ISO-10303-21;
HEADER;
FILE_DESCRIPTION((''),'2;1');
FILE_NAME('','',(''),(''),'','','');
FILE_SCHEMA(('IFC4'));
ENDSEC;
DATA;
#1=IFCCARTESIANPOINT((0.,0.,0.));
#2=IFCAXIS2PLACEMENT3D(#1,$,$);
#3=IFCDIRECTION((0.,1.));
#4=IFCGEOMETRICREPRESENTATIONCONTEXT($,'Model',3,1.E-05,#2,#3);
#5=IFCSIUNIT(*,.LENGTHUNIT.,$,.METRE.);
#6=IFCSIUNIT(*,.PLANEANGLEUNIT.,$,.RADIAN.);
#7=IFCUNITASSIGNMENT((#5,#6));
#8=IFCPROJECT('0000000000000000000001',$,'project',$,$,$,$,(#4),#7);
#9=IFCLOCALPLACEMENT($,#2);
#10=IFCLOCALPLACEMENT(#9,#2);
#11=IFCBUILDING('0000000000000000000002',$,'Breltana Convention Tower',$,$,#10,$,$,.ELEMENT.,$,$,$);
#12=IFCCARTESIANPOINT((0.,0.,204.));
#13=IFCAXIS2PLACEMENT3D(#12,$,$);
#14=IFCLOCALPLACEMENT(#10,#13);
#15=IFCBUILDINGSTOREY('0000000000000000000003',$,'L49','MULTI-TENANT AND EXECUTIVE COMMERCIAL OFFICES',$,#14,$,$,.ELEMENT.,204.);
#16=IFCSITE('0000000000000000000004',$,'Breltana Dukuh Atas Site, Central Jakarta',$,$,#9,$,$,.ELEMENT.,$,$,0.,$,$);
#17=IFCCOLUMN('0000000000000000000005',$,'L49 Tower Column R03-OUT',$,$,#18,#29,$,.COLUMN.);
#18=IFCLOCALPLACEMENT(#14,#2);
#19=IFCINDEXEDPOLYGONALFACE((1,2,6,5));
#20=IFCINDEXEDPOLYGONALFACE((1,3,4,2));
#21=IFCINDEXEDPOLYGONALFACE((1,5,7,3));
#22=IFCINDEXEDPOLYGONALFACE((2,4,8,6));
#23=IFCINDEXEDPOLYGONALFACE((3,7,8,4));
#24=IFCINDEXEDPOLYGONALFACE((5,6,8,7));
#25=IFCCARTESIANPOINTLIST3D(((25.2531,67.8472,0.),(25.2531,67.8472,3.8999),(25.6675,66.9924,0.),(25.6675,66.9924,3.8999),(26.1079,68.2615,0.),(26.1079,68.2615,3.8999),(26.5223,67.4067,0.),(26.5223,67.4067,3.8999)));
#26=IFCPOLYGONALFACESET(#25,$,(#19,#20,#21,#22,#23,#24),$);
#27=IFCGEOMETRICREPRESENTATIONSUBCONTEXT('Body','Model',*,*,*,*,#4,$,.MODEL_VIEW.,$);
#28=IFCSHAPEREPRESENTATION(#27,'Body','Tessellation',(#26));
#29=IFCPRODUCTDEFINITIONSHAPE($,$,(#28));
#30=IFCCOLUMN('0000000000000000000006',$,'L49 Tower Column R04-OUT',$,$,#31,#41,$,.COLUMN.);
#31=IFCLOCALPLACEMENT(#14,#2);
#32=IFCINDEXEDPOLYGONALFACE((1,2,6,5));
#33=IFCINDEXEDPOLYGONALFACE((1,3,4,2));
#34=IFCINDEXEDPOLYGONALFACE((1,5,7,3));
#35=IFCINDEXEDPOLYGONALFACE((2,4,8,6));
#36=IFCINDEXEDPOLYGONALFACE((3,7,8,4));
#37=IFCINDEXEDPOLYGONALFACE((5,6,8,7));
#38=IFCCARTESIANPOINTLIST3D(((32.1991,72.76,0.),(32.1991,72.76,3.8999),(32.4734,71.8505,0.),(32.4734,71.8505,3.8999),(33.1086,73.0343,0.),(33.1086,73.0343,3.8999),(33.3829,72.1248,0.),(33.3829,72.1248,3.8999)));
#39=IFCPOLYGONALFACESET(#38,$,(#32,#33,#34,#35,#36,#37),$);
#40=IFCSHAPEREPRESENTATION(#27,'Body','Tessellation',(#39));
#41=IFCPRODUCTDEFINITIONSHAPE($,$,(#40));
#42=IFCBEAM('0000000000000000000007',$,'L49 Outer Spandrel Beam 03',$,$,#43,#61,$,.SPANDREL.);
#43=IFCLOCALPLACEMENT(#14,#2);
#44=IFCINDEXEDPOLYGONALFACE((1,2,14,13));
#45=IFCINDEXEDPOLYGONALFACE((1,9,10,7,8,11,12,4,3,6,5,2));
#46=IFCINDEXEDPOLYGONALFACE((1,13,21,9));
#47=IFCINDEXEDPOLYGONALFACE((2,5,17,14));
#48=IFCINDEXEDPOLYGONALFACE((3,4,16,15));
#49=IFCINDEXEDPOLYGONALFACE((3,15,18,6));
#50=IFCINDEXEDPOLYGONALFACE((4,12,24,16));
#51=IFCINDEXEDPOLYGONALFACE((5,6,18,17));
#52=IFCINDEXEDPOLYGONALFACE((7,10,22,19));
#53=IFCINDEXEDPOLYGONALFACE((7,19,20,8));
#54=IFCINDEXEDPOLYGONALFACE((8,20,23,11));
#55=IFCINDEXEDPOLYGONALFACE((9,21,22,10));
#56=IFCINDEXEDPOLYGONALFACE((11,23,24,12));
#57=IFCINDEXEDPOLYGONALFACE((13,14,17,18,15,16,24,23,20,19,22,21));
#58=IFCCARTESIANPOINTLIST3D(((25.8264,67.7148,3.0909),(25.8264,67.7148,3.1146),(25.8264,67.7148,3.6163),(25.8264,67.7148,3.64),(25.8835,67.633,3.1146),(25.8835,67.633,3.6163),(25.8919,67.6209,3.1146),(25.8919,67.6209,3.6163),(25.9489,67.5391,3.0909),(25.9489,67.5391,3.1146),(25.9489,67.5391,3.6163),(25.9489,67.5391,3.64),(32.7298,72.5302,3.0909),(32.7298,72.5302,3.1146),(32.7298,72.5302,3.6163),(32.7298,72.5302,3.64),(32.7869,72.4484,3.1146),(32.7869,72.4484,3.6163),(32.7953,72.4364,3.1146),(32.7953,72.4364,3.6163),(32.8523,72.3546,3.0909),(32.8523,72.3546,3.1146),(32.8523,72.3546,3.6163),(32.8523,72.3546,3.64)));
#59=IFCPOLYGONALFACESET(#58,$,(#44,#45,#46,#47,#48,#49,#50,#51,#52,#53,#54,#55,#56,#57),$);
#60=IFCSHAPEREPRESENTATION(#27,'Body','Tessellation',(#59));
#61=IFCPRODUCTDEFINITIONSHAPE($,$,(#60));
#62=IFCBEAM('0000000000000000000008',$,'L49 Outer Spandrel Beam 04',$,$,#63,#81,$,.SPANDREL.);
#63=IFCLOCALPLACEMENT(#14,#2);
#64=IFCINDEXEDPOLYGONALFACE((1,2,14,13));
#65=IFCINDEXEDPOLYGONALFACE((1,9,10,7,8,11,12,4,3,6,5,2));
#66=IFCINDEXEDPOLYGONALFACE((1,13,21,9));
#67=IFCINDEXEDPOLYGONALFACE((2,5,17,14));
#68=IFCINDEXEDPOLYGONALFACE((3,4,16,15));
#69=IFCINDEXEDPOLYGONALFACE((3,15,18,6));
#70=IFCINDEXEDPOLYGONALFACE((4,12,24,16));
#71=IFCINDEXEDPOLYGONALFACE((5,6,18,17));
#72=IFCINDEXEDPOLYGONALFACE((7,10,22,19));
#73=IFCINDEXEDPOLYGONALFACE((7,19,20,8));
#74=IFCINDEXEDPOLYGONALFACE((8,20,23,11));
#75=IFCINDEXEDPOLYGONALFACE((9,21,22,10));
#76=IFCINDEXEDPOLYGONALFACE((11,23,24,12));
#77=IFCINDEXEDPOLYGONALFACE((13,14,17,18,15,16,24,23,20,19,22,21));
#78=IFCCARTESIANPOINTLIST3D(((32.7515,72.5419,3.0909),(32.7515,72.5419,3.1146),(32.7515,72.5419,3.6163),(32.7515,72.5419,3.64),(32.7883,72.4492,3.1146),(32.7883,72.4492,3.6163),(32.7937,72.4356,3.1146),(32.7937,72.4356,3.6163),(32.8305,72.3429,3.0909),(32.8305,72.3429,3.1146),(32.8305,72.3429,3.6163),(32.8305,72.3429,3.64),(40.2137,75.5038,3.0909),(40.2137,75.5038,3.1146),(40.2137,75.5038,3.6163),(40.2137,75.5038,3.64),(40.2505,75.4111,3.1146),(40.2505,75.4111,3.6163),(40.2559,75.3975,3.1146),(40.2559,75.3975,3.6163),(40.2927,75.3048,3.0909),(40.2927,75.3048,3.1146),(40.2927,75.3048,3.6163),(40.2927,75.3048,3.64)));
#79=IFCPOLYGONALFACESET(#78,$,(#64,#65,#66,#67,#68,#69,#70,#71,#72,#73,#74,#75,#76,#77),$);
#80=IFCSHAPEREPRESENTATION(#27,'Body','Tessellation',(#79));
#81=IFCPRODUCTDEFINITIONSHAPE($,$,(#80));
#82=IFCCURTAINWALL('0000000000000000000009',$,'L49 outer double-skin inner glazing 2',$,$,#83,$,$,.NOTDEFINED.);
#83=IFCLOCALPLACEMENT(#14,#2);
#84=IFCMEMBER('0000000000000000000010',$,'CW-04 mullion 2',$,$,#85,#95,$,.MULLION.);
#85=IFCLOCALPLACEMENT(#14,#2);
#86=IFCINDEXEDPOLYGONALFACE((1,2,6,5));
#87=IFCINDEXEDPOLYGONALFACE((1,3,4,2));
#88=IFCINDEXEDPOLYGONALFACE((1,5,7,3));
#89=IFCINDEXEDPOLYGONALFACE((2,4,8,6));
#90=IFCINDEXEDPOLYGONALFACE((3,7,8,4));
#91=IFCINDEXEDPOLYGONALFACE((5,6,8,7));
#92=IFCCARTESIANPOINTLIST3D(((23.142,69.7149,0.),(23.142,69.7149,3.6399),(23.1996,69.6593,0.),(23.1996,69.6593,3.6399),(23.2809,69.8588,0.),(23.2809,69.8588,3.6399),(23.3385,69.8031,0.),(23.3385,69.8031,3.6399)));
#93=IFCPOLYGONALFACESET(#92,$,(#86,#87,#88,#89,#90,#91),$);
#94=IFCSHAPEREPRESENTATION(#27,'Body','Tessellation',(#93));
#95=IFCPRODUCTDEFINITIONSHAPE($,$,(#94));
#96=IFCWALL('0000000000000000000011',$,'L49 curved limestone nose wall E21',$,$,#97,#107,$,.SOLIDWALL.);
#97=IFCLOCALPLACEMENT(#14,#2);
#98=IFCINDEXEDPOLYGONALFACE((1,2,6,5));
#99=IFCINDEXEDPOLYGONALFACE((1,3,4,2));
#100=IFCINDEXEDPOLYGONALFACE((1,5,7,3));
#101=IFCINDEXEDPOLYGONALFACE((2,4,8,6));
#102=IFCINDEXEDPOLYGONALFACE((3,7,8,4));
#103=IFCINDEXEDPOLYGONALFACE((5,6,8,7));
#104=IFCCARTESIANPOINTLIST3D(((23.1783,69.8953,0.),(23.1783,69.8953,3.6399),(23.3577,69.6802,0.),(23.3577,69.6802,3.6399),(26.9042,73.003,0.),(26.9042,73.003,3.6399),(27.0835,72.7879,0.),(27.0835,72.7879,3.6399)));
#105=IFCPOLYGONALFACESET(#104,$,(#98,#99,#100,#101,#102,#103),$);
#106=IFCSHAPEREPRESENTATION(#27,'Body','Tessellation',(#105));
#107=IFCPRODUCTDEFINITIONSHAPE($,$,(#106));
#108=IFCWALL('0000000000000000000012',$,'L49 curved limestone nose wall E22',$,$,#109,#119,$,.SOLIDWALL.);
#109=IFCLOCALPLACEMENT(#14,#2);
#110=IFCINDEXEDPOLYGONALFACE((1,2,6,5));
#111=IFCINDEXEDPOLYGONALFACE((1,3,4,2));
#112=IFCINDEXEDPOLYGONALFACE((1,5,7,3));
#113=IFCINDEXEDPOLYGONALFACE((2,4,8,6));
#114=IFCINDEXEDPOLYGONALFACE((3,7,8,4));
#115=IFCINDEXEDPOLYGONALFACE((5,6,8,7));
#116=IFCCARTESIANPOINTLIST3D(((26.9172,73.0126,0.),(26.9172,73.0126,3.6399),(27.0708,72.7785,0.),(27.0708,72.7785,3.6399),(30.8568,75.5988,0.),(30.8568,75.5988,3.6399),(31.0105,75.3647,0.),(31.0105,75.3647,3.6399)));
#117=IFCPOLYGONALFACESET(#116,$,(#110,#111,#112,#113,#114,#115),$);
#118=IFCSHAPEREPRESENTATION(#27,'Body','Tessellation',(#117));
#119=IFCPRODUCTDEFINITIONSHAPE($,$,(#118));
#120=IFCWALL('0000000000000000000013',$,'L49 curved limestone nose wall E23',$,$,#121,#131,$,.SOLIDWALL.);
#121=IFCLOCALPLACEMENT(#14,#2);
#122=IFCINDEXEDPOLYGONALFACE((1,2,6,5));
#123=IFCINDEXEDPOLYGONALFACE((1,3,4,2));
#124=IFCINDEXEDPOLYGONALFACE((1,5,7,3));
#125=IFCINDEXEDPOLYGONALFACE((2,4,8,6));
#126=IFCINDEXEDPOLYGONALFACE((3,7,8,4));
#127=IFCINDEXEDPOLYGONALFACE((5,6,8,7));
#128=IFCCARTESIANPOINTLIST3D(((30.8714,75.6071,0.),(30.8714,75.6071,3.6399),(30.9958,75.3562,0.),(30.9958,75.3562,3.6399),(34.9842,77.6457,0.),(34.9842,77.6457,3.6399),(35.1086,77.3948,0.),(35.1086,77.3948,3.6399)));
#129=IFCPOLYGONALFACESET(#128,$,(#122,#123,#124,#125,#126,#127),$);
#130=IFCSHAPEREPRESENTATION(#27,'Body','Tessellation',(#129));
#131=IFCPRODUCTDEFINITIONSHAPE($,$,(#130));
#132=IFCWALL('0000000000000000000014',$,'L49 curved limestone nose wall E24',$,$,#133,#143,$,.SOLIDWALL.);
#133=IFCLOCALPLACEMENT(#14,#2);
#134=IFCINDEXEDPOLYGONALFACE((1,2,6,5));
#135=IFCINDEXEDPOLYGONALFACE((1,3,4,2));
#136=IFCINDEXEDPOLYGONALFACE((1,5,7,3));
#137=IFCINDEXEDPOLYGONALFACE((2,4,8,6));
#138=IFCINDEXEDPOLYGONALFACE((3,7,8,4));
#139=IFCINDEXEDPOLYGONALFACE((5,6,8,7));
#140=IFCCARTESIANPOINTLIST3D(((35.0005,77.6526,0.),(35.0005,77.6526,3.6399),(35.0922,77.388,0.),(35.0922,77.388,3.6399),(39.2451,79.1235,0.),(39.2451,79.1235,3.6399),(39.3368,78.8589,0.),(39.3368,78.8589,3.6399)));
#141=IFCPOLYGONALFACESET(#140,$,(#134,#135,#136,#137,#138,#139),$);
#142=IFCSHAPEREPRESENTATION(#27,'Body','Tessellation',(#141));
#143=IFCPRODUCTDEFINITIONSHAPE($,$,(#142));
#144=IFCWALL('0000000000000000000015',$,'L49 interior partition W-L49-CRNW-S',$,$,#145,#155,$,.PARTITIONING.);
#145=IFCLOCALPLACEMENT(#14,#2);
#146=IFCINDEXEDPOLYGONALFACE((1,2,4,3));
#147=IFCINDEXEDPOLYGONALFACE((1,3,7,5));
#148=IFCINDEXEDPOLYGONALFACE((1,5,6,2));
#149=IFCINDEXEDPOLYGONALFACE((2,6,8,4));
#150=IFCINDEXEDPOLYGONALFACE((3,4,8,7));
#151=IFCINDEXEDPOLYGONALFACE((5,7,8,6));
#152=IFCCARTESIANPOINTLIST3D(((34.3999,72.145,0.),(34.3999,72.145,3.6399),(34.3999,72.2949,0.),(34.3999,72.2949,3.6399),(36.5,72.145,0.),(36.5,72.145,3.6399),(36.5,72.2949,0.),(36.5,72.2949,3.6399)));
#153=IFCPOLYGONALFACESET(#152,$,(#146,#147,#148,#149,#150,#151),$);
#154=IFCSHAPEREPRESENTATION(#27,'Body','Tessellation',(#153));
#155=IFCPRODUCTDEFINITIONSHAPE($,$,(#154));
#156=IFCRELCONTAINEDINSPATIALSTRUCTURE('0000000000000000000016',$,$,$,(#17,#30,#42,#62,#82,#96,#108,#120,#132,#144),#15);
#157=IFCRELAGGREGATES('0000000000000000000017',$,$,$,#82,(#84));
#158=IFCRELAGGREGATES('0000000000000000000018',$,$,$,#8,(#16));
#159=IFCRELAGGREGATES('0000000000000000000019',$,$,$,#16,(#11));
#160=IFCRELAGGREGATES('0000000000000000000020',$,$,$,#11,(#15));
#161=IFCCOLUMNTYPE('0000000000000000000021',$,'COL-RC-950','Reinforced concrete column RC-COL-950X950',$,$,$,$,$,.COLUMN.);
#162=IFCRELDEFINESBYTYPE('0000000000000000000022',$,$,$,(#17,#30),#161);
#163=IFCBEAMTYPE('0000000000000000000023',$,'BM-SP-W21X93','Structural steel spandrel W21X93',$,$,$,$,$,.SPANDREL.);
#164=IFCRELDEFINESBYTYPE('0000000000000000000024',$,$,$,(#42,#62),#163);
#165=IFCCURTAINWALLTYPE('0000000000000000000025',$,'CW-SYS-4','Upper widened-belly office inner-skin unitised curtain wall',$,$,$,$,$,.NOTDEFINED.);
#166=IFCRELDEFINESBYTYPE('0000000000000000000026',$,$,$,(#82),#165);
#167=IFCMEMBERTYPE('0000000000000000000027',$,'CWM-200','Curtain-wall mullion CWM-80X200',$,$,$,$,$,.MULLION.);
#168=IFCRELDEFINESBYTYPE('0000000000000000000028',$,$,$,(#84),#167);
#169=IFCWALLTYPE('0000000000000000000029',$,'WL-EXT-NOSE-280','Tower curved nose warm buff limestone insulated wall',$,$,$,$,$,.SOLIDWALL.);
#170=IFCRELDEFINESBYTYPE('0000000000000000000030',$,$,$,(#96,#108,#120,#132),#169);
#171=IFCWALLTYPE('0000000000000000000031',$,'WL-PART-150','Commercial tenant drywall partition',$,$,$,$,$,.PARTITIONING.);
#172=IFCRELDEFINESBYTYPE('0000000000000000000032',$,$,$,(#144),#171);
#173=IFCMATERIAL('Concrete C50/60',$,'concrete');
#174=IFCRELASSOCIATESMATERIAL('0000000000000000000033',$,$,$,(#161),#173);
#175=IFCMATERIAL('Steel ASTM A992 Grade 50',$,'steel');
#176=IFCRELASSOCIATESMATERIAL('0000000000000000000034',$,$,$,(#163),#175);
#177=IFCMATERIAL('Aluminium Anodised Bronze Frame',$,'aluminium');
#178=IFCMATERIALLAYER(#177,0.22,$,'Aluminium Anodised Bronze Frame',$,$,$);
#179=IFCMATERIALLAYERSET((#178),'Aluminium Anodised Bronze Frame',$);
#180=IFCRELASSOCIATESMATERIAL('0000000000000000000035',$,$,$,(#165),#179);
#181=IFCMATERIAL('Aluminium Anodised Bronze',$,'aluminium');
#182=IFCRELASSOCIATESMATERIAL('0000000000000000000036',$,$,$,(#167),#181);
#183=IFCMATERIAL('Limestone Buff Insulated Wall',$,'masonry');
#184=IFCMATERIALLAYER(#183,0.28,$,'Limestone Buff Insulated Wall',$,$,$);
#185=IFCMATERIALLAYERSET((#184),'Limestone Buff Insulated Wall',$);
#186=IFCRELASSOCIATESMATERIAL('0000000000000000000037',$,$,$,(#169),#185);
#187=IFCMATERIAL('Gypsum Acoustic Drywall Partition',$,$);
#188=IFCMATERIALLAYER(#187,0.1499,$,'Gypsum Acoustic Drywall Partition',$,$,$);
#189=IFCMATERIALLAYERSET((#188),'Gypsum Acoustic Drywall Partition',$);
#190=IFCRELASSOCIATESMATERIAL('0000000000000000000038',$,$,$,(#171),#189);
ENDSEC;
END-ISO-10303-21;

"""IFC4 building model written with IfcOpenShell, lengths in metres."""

from ifc_helpers import new_model, si_unit, direction, frame, frame_2d, origin, origin_2d, place, context, subcontext, project, spatial, rectangle, i_section, extrude, source, transform, mapped, material, layer, layer_set, material_profile, profile_set, type_object, element, aggregate, save


model = new_model("IFC4")

# Units and contexts
model_context = context("Model", 3, precision=1e-05, world=origin(), true_north=direction((0.0, 1.0)))
body_context = subcontext(model_context, "Body", "Model", "MODEL_VIEW")
ifc_project = project(units=[si_unit("LENGTHUNIT", "METRE"), si_unit("PLANEANGLEUNIT", "RADIAN")], contexts=[model_context])

# Site, building, storey
site_placement = place(None, origin())
site = spatial("IfcSite", under=ifc_project, at=site_placement, Name="Breltana Dukuh Atas Site, Central Jakarta", CompositionType="ELEMENT", RefElevation=0.0)
building_placement = place(site_placement, origin())
building = spatial("IfcBuilding", under=site, at=building_placement, Name="Breltana Convention Tower", CompositionType="ELEMENT")
storey_placement = place(building_placement, frame((0.0, 0.0, 204.0)))
storey = spatial("IfcBuildingStorey", under=building, at=storey_placement, Name="L49", Description="MULTI-TENANT AND EXECUTIVE COMMERCIAL OFFICES", CompositionType="ELEMENT", Elevation=204.0)

# Columns
ifc_material_1 = material(Name="Concrete C50/60", Category="concrete")
ifc_material_profile_1 = material_profile(ifc_material_1, rectangle(XDim=0.95, YDim=0.95, at=origin_2d()), Name="RC-COL-950X950")
ifc_profile_set_1 = profile_set([ifc_material_profile_1], Name="Concrete C50/60")
column_type = type_object("IfcColumnType", Name="COL-RC-950", Description="Reinforced concrete column RC-COL-950X950", PredefinedType="COLUMN", material=ifc_profile_set_1)
shared_shape_1 = source(origin(), body_context, "Body", "SweptSolid", [
    extrude(rectangle(XDim=0.95, YDim=0.95, at=origin_2d()), origin(), (0.0, 0.0, 1.0), 3.8999),
])
for number, where, z_axis, x_axis, name in (
    (1, (25.8877, 67.627, 0.0), (0.0, 0.0, 1.0), (-0.436174, 0.899863, 0.0), "L49 Tower Column R03-OUT"),
    (2, (32.791, 72.4424, 0.0), (0.0, 0.0, 1.0), (-0.288698, 0.95742, 0.0), "L49 Tower Column R04-OUT"),
):
    element("IfcColumn", number, at=place(storey_placement, frame(where, z_axis=z_axis, x_axis=x_axis)), inside=storey, type_object=column_type, Name=name, PredefinedType="COLUMN", context=body_context, shape_type="MappedRepresentation", body=[
        mapped(shared_shape_1, transform((0.0, 0.0, 0.0), scale=1.0)),
    ])

# Beams
ifc_material_2 = material(Name="Steel ASTM A992 Grade 50", Category="steel")
ifc_material_profile_2 = material_profile(ifc_material_2, i_section(OverallWidth=0.2141, OverallDepth=0.5491, WebThickness=0.0146, FlangeThickness=0.0237, at=origin_2d()), Name="W21X93")
ifc_profile_set_2 = profile_set([ifc_material_profile_2], Name="Steel ASTM A992 Grade 50")
beam_type = type_object("IfcBeamType", Name="BM-SP-W21X93", Description="Structural steel spandrel W21X93", PredefinedType="SPANDREL", material=ifc_profile_set_2)
shared_shape_2 = source(origin(), body_context, "Body", "SweptSolid", [
    extrude(i_section(OverallWidth=0.2141, OverallDepth=0.5491, WebThickness=0.0146, FlangeThickness=0.0237, at=origin_2d()), origin(), (0.0, 0.0, 1.0), 8.417),
])
beam_1_placement = place(storey_placement, frame((25.8877, 67.627, 3.3655), z_axis=(0.820174, 0.572114, 0.0), x_axis=(-0.572114, 0.820174, 0.0)))
element("IfcBeam", 3, at=beam_1_placement, inside=storey, type_object=beam_type, Name="L49 Outer Spandrel Beam 03", PredefinedType="SPANDREL", context=body_context, shape_type="MappedRepresentation", body=[
    mapped(shared_shape_2, transform((0.0, 0.0, 0.0), scale=1.0)),
])
shared_shape_3 = source(origin(), body_context, "Body", "SweptSolid", [
    extrude(i_section(OverallWidth=0.2141, OverallDepth=0.5491, WebThickness=0.0146, FlangeThickness=0.0237, at=origin_2d()), origin(), (0.0, 0.0, 1.0), 8.0286),
])
beam_2_placement = place(storey_placement, frame((32.791, 72.4424, 3.3655), z_axis=(0.929459, 0.368925, 0.0), x_axis=(-0.368925, 0.929459, 0.0)))
element("IfcBeam", 4, at=beam_2_placement, inside=storey, type_object=beam_type, Name="L49 Outer Spandrel Beam 04", PredefinedType="SPANDREL", context=body_context, shape_type="MappedRepresentation", body=[
    mapped(shared_shape_3, transform((0.0, 0.0, 0.0), scale=1.0)),
])

# Curtain wall, member
ifc_material_3 = material(Name="Aluminium Anodised Bronze Frame", Category="aluminium")
ifc_layer_1 = layer(ifc_material_3, 0.22, Name="Aluminium Anodised Bronze Frame")
ifc_layer_set_1 = layer_set([ifc_layer_1], Name="Aluminium Anodised Bronze Frame")
curtain_wall_type = type_object("IfcCurtainWallType", Name="CW-SYS-4", Description="Upper widened-belly office inner-skin unitised curtain wall", PredefinedType="NOTDEFINED", material=ifc_layer_set_1)
curtain_wall_placement = place(storey_placement, origin())
curtain_wall = element("IfcCurtainWall", 5, at=curtain_wall_placement, inside=storey, type_object=curtain_wall_type, Name="L49 outer double-skin inner glazing 2", PredefinedType="NOTDEFINED")
ifc_material_4 = material(Name="Aluminium Anodised Bronze", Category="aluminium")
ifc_material_profile_3 = material_profile(ifc_material_4, rectangle(XDim=0.0801, YDim=0.2, at=origin_2d()), Name="CWM-80X200")
ifc_profile_set_3 = profile_set([ifc_material_profile_3], Name="Aluminium Anodised Bronze")
member_type = type_object("IfcMemberType", Name="CWM-200", Description="Curtain-wall mullion CWM-80X200", PredefinedType="MULLION", material=ifc_profile_set_3)
shared_shape_4 = source(origin(), body_context, "Body", "SweptSolid", [
    extrude(rectangle(XDim=0.0801, YDim=0.2, at=origin_2d()), origin(), (0.0, 0.0, 1.0), 3.6399),
])
member_placement = place(storey_placement, frame((23.2402, 69.759, 0.0), z_axis=(0.0, 0.0, 1.0), x_axis=(-0.719396, 0.6946, 0.0)))
member = element("IfcMember", 6, at=member_placement, type_object=member_type, Name="CW-04 mullion 2", PredefinedType="MULLION", context=body_context, shape_type="MappedRepresentation", body=[
    mapped(shared_shape_4, transform((0.0, 0.0, 0.0), scale=1.0)),
])
aggregate(curtain_wall, [member])

# Walls
ifc_material_5 = material(Name="Limestone Buff Insulated Wall", Category="masonry")
ifc_layer_2 = layer(ifc_material_5, 0.28, Name="Limestone Buff Insulated Wall")
ifc_layer_set_2 = layer_set([ifc_layer_2], Name="Limestone Buff Insulated Wall")
wall_type_1 = type_object("IfcWallType", Name="WL-EXT-NOSE-280", Description="Tower curved nose warm buff limestone insulated wall", PredefinedType="SOLIDWALL", material=ifc_layer_set_2)
shared_shape_5 = source(origin(), body_context, "Body", "SweptSolid", [
    extrude(rectangle(XDim=4.8518, YDim=0.28, at=frame_2d((2.4258, 0.0))), origin(), (0.0, 0.0, 1.0), 3.6399),
])
wall_1_placement = place(storey_placement, frame((23.2681, 69.7878, 0.0), z_axis=(0.0, 0.0, 1.0), x_axis=(0.767937, 0.640526, 0.0)))
element("IfcWall", 7, at=wall_1_placement, inside=storey, type_object=wall_type_1, Name="L49 curved limestone nose wall E21", PredefinedType="SOLIDWALL", context=body_context, shape_type="MappedRepresentation", body=[
    mapped(shared_shape_5, transform((0.0, 0.0, 0.0), scale=1.0)),
])
shared_shape_6 = source(origin(), body_context, "Body", "SweptSolid", [
    extrude(rectangle(XDim=4.7126, YDim=0.28, at=frame_2d((2.3564, 0.0))), origin(), (0.0, 0.0, 1.0), 3.6399),
])
wall_2_placement = place(storey_placement, frame((26.9939, 72.8955, 0.0), z_axis=(0.0, 0.0, 1.0), x_axis=(0.835974, 0.548768, 0.0)))
element("IfcWall", 8, at=wall_2_placement, inside=storey, type_object=wall_type_1, Name="L49 curved limestone nose wall E22", PredefinedType="SOLIDWALL", context=body_context, shape_type="MappedRepresentation", body=[
    mapped(shared_shape_6, transform((0.0, 0.0, 0.0), scale=1.0)),
])
shared_shape_7 = source(origin(), body_context, "Body", "SweptSolid", [
    extrude(rectangle(XDim=4.5903, YDim=0.28, at=frame_2d((2.2952, 0.0))), origin(), (0.0, 0.0, 1.0), 3.6399),
])
wall_3_placement = place(storey_placement, frame((30.9336, 75.4817, 0.0), z_axis=(0.0, 0.0, 1.0), x_axis=(0.895975, 0.444105, 0.0)))
element("IfcWall", 9, at=wall_3_placement, inside=storey, type_object=wall_type_1, Name="L49 curved limestone nose wall E23", PredefinedType="SOLIDWALL", context=body_context, shape_type="MappedRepresentation", body=[
    mapped(shared_shape_7, transform((0.0, 0.0, 0.0), scale=1.0)),
])
shared_shape_8 = source(origin(), body_context, "Body", "SweptSolid", [
    extrude(rectangle(XDim=4.4922, YDim=0.28, at=frame_2d((2.2461, 0.0))), origin(), (0.0, 0.0, 1.0), 3.6399),
])
wall_4_placement = place(storey_placement, frame((35.0464, 77.5203, 0.0), z_axis=(0.0, 0.0, 1.0), x_axis=(0.944872, 0.327439, 0.0)))
element("IfcWall", 10, at=wall_4_placement, inside=storey, type_object=wall_type_1, Name="L49 curved limestone nose wall E24", PredefinedType="SOLIDWALL", context=body_context, shape_type="MappedRepresentation", body=[
    mapped(shared_shape_8, transform((0.0, 0.0, 0.0), scale=1.0)),
])
ifc_material_6 = material(Name="Gypsum Acoustic Drywall Partition")
ifc_layer_3 = layer(ifc_material_6, 0.1499, Name="Gypsum Acoustic Drywall Partition")
ifc_layer_set_3 = layer_set([ifc_layer_3], Name="Gypsum Acoustic Drywall Partition")
wall_type_2 = type_object("IfcWallType", Name="WL-PART-150", Description="Commercial tenant drywall partition", PredefinedType="PARTITIONING", material=ifc_layer_set_3)
shared_shape_9 = source(origin(), body_context, "Body", "SweptSolid", [
    extrude(rectangle(XDim=2.1001, YDim=0.1499, at=frame_2d((1.05, 0.0))), origin(), (0.0, 0.0, 1.0), 3.6399),
])
wall_5_placement = place(storey_placement, frame((34.3999, 72.22, 0.0), z_axis=(0.0, 0.0, 1.0), x_axis=(1.0, 0.0, 0.0)))
element("IfcWall", 11, at=wall_5_placement, inside=storey, type_object=wall_type_2, Name="L49 interior partition W-L49-CRNW-S", PredefinedType="PARTITIONING", context=body_context, shape_type="MappedRepresentation", body=[
    mapped(shared_shape_9, transform((0.0, 0.0, 0.0), scale=1.0)),
])

save(model, "model.ifc")
